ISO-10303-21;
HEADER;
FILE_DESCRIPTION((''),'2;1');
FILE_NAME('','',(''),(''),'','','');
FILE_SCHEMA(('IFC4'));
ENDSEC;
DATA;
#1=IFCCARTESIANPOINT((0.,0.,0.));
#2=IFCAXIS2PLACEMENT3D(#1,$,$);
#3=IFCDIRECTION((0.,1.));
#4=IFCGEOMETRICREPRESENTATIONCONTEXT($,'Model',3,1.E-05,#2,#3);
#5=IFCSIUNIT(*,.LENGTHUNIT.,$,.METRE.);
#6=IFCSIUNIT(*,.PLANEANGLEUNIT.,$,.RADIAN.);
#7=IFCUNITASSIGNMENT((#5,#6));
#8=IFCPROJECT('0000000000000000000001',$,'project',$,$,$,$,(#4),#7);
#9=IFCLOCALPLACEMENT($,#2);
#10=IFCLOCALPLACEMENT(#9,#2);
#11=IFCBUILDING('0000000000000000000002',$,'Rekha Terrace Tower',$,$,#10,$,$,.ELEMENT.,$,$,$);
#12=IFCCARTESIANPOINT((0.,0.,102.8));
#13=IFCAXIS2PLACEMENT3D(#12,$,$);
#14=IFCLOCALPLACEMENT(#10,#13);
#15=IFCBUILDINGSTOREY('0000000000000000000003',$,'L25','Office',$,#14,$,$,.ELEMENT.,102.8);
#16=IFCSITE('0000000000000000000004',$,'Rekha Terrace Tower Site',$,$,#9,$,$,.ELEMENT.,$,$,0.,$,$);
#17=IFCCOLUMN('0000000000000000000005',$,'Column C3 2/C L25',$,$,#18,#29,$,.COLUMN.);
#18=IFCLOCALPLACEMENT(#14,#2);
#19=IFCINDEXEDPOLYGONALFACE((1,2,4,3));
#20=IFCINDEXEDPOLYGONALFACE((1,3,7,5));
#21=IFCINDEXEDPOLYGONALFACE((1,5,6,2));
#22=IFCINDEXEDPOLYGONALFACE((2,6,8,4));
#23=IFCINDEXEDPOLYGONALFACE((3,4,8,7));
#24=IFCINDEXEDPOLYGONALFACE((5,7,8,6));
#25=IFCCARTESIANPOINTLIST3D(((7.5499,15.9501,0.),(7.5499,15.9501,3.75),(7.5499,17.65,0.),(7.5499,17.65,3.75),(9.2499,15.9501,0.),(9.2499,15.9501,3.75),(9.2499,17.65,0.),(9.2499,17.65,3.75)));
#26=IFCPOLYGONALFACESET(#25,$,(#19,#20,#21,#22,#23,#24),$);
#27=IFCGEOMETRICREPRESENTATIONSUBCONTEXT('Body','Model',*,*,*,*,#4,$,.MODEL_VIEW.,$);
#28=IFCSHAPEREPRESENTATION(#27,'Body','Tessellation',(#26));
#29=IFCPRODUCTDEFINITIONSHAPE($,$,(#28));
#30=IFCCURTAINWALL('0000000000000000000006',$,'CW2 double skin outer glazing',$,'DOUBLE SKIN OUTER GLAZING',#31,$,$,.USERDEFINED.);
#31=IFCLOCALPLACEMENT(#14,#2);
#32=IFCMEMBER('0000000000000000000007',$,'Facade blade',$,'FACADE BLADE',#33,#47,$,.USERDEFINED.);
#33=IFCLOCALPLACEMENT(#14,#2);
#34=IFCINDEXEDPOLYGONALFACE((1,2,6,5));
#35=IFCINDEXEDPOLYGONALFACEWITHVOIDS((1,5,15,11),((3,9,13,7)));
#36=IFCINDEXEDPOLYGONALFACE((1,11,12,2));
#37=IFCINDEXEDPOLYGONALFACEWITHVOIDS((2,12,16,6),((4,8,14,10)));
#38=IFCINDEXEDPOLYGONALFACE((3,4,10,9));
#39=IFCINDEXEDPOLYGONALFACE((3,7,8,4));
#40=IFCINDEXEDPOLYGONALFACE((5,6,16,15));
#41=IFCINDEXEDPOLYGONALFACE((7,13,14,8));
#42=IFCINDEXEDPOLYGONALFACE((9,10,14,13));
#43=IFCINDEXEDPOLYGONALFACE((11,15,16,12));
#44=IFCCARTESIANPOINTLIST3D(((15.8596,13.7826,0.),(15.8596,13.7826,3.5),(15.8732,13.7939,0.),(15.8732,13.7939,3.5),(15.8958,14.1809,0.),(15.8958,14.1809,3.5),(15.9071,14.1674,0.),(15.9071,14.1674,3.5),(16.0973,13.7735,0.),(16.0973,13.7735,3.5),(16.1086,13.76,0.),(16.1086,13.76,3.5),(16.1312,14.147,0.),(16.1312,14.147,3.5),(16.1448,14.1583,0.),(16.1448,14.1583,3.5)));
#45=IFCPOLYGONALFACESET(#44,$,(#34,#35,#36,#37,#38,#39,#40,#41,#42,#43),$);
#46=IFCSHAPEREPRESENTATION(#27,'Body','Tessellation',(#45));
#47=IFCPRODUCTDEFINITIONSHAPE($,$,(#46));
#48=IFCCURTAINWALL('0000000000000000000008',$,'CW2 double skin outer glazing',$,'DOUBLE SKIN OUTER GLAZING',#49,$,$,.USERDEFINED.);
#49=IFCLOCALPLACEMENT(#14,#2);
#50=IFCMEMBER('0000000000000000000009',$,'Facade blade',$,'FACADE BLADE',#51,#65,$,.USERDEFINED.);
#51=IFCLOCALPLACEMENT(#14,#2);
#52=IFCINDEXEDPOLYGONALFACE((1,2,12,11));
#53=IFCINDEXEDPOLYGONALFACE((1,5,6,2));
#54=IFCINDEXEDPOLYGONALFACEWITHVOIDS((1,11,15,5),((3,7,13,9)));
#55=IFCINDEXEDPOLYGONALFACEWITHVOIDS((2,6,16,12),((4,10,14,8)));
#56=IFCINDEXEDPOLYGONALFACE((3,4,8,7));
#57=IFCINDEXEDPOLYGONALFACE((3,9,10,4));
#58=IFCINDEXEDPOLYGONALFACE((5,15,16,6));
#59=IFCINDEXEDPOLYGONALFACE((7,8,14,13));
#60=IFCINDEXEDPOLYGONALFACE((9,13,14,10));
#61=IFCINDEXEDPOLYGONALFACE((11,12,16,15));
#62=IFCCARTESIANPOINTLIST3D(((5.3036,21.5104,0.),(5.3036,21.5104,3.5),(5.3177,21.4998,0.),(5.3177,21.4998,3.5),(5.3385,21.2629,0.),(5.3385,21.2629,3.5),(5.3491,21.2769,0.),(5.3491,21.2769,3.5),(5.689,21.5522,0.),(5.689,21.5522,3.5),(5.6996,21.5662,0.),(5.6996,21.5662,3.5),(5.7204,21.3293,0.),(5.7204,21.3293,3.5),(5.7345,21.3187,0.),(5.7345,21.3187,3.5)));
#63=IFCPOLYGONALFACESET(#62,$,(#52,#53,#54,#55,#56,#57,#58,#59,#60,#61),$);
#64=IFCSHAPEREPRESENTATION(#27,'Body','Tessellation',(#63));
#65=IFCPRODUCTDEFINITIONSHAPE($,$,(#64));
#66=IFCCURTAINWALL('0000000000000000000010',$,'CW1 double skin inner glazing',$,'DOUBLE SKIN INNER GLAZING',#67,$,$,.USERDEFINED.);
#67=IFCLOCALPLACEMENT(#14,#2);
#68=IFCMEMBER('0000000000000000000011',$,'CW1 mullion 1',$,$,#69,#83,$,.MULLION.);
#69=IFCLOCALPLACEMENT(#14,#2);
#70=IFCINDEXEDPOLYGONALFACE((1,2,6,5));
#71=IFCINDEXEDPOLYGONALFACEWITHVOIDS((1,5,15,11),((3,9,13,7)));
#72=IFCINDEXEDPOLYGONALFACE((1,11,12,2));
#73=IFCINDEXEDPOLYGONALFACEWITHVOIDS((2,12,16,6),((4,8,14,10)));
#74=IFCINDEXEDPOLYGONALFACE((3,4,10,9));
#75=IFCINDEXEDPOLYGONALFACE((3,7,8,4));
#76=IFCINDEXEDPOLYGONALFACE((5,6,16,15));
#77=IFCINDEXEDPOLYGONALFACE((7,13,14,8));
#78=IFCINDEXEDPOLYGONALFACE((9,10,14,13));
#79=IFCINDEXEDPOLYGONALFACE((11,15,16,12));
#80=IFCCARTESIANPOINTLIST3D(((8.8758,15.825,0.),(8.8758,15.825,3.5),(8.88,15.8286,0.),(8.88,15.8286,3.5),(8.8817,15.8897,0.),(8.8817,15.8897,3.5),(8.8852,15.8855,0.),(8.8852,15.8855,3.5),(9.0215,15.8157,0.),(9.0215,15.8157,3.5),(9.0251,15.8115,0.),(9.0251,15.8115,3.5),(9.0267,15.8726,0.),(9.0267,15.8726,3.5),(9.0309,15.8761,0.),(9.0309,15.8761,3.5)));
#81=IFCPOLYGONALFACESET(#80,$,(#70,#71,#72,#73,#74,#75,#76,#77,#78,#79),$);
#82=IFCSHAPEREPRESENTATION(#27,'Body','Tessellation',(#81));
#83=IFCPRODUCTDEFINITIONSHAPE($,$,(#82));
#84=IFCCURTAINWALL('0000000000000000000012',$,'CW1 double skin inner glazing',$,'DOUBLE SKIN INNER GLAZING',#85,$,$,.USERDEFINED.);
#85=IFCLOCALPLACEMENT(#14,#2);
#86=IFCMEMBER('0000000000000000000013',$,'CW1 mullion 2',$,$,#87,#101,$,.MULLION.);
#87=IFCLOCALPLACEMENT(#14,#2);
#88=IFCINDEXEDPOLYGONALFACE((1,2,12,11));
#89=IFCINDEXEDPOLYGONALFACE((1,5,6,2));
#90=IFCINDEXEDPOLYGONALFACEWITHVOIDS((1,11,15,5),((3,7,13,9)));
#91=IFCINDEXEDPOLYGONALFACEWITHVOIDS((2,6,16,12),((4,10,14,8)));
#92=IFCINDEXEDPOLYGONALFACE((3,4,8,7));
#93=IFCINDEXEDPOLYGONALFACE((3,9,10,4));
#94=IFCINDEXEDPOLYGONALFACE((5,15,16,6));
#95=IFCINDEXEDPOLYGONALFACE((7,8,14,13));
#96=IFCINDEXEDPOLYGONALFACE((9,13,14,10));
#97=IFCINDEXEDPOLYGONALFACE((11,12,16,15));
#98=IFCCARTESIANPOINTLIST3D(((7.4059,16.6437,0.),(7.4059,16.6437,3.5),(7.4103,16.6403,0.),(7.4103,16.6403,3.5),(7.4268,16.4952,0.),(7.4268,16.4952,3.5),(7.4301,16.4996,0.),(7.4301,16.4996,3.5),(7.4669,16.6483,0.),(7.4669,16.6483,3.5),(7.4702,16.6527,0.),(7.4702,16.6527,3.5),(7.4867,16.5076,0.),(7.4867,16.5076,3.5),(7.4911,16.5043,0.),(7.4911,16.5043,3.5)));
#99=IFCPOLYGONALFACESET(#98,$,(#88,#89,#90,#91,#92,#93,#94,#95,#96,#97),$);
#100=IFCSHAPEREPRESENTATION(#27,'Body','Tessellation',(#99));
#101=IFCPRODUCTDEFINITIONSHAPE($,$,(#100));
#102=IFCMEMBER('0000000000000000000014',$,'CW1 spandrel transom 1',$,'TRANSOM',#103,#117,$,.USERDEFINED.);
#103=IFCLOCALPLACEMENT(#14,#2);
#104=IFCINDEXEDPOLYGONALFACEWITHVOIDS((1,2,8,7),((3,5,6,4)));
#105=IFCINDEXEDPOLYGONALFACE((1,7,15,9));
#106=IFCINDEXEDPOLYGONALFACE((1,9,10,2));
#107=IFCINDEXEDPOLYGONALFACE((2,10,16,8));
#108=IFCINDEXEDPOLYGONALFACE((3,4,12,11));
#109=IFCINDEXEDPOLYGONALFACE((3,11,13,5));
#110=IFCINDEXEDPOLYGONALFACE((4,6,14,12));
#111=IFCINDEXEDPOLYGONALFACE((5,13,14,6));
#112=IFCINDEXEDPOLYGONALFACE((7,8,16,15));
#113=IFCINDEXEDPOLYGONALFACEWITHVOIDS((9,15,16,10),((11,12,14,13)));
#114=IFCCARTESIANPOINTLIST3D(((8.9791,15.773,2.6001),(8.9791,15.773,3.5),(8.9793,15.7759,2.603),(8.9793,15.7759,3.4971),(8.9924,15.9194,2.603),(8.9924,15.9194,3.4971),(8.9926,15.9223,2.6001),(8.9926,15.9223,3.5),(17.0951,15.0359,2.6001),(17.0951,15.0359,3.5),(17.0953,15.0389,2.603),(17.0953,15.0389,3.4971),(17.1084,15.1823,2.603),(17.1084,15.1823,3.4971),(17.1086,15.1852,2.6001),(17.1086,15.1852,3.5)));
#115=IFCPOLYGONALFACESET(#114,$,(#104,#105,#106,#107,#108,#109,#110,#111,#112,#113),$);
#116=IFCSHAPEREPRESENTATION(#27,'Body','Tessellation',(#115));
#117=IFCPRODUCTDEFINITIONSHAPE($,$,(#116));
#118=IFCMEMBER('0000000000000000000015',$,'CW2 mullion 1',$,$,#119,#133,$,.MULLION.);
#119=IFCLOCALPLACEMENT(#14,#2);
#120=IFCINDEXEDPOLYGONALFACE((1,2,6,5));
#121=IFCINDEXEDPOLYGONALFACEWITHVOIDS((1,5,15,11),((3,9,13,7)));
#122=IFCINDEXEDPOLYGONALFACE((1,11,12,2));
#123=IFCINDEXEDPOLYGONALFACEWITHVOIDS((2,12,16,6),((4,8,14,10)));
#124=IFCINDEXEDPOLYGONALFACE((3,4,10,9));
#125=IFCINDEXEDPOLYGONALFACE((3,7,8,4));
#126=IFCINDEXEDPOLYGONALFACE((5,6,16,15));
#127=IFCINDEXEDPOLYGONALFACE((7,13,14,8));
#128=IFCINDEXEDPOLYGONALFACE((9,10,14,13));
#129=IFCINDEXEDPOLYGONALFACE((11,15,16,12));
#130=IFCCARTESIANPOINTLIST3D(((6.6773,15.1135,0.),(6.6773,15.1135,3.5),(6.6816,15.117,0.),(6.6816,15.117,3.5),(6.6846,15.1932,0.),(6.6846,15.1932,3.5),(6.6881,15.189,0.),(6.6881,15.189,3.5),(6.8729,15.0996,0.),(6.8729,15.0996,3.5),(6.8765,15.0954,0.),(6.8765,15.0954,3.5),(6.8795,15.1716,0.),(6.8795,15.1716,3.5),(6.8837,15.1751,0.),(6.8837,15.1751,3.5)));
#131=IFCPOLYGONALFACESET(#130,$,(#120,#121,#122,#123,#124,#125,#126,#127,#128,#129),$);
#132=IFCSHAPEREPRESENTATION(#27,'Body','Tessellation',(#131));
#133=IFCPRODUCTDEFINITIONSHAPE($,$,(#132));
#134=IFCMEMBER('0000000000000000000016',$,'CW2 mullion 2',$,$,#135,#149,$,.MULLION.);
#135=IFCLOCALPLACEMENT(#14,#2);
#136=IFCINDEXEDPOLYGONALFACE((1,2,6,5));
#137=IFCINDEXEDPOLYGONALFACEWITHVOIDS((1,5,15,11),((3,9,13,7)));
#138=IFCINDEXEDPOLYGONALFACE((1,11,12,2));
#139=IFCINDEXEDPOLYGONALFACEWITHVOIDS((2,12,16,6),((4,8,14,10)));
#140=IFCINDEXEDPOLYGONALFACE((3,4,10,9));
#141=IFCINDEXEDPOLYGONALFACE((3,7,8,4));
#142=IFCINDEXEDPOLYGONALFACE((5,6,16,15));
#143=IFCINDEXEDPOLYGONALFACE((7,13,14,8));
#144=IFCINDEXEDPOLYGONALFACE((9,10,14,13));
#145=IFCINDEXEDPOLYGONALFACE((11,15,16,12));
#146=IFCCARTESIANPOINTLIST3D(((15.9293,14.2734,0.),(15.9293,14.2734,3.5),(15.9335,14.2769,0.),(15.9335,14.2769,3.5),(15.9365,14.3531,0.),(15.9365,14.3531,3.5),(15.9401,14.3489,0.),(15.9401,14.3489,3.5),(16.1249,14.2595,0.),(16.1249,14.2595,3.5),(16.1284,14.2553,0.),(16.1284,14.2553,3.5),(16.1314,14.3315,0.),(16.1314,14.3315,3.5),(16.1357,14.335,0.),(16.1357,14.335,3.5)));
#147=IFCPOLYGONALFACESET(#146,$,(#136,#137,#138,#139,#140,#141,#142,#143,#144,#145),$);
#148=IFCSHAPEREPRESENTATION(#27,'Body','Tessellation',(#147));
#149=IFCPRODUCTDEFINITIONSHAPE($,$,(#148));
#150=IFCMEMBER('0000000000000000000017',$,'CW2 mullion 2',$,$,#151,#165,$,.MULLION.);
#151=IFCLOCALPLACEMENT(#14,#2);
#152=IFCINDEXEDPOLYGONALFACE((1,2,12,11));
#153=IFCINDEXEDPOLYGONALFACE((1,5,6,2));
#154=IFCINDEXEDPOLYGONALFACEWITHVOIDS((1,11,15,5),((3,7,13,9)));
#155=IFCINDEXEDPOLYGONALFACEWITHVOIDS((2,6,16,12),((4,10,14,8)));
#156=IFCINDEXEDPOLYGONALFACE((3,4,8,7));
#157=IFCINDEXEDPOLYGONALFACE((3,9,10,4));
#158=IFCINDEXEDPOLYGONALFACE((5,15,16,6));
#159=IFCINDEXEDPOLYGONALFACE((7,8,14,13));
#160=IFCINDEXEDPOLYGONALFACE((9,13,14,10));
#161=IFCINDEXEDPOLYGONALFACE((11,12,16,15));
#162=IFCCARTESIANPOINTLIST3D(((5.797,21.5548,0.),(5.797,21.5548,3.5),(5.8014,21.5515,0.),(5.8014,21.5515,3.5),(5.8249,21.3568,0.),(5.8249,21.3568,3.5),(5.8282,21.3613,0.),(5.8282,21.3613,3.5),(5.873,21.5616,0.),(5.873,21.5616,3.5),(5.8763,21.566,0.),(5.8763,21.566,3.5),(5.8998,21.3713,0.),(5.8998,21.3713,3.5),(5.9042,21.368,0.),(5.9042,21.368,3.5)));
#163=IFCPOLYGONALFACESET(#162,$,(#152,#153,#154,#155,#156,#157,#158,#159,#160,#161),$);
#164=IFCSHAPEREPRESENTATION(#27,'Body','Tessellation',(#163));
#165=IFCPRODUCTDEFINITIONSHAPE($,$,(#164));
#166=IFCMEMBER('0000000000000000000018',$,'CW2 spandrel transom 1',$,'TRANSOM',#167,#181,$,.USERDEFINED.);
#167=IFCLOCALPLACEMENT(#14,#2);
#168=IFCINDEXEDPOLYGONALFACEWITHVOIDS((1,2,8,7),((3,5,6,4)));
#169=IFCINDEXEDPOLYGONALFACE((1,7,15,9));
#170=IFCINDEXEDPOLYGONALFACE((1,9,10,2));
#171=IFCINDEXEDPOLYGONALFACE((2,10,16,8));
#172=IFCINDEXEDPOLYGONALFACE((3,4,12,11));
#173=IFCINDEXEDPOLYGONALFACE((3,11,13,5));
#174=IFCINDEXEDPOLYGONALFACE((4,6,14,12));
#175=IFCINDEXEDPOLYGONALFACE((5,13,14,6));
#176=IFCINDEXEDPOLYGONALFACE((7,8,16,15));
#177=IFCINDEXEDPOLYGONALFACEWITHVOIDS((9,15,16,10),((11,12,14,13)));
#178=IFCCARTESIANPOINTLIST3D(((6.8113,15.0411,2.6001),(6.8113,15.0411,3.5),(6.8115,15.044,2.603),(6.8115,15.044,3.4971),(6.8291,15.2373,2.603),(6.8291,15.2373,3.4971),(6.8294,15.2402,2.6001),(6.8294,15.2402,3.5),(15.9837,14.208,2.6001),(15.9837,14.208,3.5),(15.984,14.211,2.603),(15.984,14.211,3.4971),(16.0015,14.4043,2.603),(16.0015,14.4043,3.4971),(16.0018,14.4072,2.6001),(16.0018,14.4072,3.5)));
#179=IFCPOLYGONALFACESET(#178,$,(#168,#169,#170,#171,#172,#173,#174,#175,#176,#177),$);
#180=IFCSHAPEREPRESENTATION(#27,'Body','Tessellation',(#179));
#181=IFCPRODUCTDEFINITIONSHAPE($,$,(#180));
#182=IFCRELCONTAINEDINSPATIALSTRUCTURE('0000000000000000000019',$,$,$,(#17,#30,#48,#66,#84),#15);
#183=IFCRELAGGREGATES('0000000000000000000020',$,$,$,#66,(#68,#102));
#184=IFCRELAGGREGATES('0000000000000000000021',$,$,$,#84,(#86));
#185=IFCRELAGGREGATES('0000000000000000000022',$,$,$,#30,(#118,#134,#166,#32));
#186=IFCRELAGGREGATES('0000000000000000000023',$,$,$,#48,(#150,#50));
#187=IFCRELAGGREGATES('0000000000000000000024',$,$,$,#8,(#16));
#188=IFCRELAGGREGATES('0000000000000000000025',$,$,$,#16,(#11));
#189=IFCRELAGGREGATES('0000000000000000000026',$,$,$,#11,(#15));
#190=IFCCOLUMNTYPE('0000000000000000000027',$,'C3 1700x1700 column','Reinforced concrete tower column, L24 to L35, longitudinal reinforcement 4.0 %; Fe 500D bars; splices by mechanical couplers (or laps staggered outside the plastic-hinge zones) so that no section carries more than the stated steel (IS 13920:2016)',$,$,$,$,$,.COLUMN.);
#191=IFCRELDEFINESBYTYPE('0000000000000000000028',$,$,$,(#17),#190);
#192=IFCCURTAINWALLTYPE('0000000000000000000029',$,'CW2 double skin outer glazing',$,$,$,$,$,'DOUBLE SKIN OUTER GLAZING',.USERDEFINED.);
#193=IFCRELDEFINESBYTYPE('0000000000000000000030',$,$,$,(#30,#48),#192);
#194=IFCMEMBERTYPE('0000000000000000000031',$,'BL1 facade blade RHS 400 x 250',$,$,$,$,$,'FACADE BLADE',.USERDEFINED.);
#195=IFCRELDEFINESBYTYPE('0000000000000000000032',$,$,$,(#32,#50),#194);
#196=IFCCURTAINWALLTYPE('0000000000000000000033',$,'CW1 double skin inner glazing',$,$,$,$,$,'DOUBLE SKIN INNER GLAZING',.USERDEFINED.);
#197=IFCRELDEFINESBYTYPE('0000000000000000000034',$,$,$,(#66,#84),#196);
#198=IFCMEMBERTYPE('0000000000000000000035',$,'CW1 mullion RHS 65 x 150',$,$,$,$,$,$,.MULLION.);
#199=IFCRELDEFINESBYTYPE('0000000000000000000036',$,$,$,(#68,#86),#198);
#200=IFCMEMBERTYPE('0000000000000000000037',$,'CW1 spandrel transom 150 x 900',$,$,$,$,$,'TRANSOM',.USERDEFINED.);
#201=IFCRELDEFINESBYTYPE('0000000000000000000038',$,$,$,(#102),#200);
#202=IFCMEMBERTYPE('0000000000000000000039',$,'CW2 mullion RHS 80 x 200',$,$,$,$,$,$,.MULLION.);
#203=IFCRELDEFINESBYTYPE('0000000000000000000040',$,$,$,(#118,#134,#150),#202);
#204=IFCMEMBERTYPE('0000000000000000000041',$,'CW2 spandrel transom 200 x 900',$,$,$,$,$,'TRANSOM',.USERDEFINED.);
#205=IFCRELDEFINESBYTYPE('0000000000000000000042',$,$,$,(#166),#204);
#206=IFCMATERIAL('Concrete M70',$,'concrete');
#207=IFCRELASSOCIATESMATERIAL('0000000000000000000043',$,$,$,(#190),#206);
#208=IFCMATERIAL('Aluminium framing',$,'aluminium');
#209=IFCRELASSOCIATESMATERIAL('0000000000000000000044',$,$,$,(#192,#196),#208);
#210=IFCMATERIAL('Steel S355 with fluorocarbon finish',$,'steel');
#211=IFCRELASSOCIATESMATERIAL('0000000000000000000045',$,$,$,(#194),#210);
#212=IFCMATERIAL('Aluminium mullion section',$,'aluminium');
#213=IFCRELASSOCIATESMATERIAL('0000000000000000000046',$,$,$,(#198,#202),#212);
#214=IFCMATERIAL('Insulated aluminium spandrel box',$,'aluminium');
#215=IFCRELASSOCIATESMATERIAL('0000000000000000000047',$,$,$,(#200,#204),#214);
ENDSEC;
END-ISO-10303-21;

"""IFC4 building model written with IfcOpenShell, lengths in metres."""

from ifc_helpers import new_model, si_unit, direction, frame, origin, origin_2d, place, context, subcontext, project, spatial, rectangle, hollow_rectangle, extrude, material, material_profile, profile_set, type_object, element, aggregate, save


model = new_model("IFC4")

# Units and contexts
model_context = context("Model", 3, precision=1e-05, world=origin(), true_north=direction((0.0, 1.0)))
body_context = subcontext(model_context, "Body", "Model", "MODEL_VIEW")
ifc_project = project(units=[si_unit("LENGTHUNIT", "METRE"), si_unit("PLANEANGLEUNIT", "RADIAN")], contexts=[model_context])

# Site, building, storey
site_placement = place(None, origin())
site = spatial("IfcSite", under=ifc_project, at=site_placement, Name="Rekha Terrace Tower Site", CompositionType="ELEMENT", RefElevation=0.0)
building_placement = place(site_placement, origin())
building = spatial("IfcBuilding", under=site, at=building_placement, Name="Rekha Terrace Tower", CompositionType="ELEMENT")
storey_placement = place(building_placement, frame((0.0, 0.0, 102.8)))
storey = spatial("IfcBuildingStorey", under=building, at=storey_placement, Name="L25", Description="Office", CompositionType="ELEMENT", Elevation=102.8)

# Column
ifc_material_1 = material(Name="Concrete M70", Category="concrete")
ifc_material_profile_1 = material_profile(ifc_material_1, rectangle(XDim=1.7, YDim=1.7, at=origin_2d()), Name="RC 1700x1700")
ifc_profile_set_1 = profile_set([ifc_material_profile_1], Name="Concrete M70")
column_type = type_object("IfcColumnType", Name="C3 1700x1700 column", Description="Reinforced concrete tower column, L24 to L35, longitudinal reinforcement 4.0 %; Fe 500D bars; splices by mechanical couplers (or laps staggered outside the plastic-hinge zones) so that no section carries more than the stated steel (IS 13920:2016)", PredefinedType="COLUMN", material=ifc_profile_set_1)
column_placement = place(storey_placement, frame((8.3999, 16.8, 0.0), z_axis=(0.0, 0.0, 1.0), x_axis=(1.0, 0.0, 0.0)))
element("IfcColumn", 1, at=column_placement, inside=storey, type_object=column_type, Name="Column C3 2/C L25", PredefinedType="COLUMN", context=body_context, shape_type="SweptSolid", body=[
    extrude(rectangle(XDim=1.7, YDim=1.7, at=origin_2d()), origin(), (0.0, 0.0, 1.0), 3.75),
])

# Curtain walls, members
ifc_material_2 = material(Name="Aluminium framing", Category="aluminium")
curtain_wall_type_1 = type_object("IfcCurtainWallType", Name="CW2 double skin outer glazing", ElementType="DOUBLE SKIN OUTER GLAZING", PredefinedType="USERDEFINED", material=ifc_material_2)
curtain_wall_1_placement = place(storey_placement, origin())
curtain_wall_1 = element("IfcCurtainWall", 2, at=curtain_wall_1_placement, inside=storey, type_object=curtain_wall_type_1, Name="CW2 double skin outer glazing", ObjectType="DOUBLE SKIN OUTER GLAZING", PredefinedType="USERDEFINED")
ifc_material_3 = material(Name="Steel S355 with fluorocarbon finish", Category="steel")
ifc_material_profile_2 = material_profile(ifc_material_3, hollow_rectangle(XDim=0.25, YDim=0.3999, WallThickness=0.0125, at=origin_2d()), Name="RHS400x250x12.5")
ifc_profile_set_2 = profile_set([ifc_material_profile_2], Name="Steel S355 with fluorocarbon finish")
member_type_1 = type_object("IfcMemberType", Name="BL1 facade blade RHS 400 x 250", ElementType="FACADE BLADE", PredefinedType="USERDEFINED", material=ifc_profile_set_2)
member_1_placement = place(storey_placement, frame((16.0022, 13.9705, 0.0), z_axis=(0.0, 0.0, 1.0), x_axis=(0.995902, -0.09044, 0.0)))
member_1 = element("IfcMember", 3, at=member_1_placement, type_object=member_type_1, Name="Facade blade", ObjectType="FACADE BLADE", PredefinedType="USERDEFINED", context=body_context, shape_type="SweptSolid", body=[
    extrude(hollow_rectangle(XDim=0.25, YDim=0.3999, WallThickness=0.0125, at=origin_2d()), origin(), (0.0, 0.0, 1.0), 3.5),
])
curtain_wall_2_placement = place(storey_placement, origin())
curtain_wall_2 = element("IfcCurtainWall", 4, at=curtain_wall_2_placement, inside=storey, type_object=curtain_wall_type_1, Name="CW2 double skin outer glazing", ObjectType="DOUBLE SKIN OUTER GLAZING", PredefinedType="USERDEFINED")
member_2_placement = place(storey_placement, frame((5.519, 21.4146, 0.0), z_axis=(0.0, 0.0, 1.0), x_axis=(0.139597, -0.990208, 0.0)))
member_2 = element("IfcMember", 5, at=member_2_placement, type_object=member_type_1, Name="Facade blade", ObjectType="FACADE BLADE", PredefinedType="USERDEFINED", context=body_context, shape_type="SweptSolid", body=[
    extrude(hollow_rectangle(XDim=0.25, YDim=0.3999, WallThickness=0.0125, at=origin_2d()), origin(), (0.0, 0.0, 1.0), 3.5),
])
curtain_wall_type_2 = type_object("IfcCurtainWallType", Name="CW1 double skin inner glazing", ElementType="DOUBLE SKIN INNER GLAZING", PredefinedType="USERDEFINED", material=ifc_material_2)
curtain_wall_3_placement = place(storey_placement, origin())
curtain_wall_3 = element("IfcCurtainWall", 6, at=curtain_wall_3_placement, inside=storey, type_object=curtain_wall_type_2, Name="CW1 double skin inner glazing", ObjectType="DOUBLE SKIN INNER GLAZING", PredefinedType="USERDEFINED")
ifc_material_4 = material(Name="Aluminium mullion section", Category="aluminium")
ifc_material_profile_3 = material_profile(ifc_material_4, hollow_rectangle(XDim=0.0649, YDim=0.1499, WallThickness=0.0039, at=origin_2d()), Name="AL RHS 65x150")
ifc_profile_set_3 = profile_set([ifc_material_profile_3], Name="Aluminium mullion section")
member_type_2 = type_object("IfcMemberType", Name="CW1 mullion RHS 65 x 150", PredefinedType="MULLION", material=ifc_profile_set_3)
member_3_placement = place(storey_placement, frame((8.9534, 15.8506, 0.0), z_axis=(0.0, 0.0, 1.0), x_axis=(0.09044, 0.995902, 0.0)))
member_3 = element("IfcMember", 7, at=member_3_placement, type_object=member_type_2, Name="CW1 mullion 1", PredefinedType="MULLION", context=body_context, shape_type="SweptSolid", body=[
    extrude(hollow_rectangle(XDim=0.0649, YDim=0.1499, WallThickness=0.0039, at=origin_2d()), origin(), (0.0, 0.0, 1.0), 3.5),
])
curtain_wall_4_placement = place(storey_placement, origin())
curtain_wall_4 = element("IfcCurtainWall", 8, at=curtain_wall_4_placement, inside=storey, type_object=curtain_wall_type_2, Name="CW1 double skin inner glazing", ObjectType="DOUBLE SKIN INNER GLAZING", PredefinedType="USERDEFINED")
member_4_placement = place(storey_placement, frame((7.4485, 16.574, 0.0), z_axis=(0.0, 0.0, 1.0), x_axis=(0.990208, 0.139597, 0.0)))
member_4 = element("IfcMember", 9, at=member_4_placement, type_object=member_type_2, Name="CW1 mullion 2", PredefinedType="MULLION", context=body_context, shape_type="SweptSolid", body=[
    extrude(hollow_rectangle(XDim=0.0649, YDim=0.1499, WallThickness=0.0039, at=origin_2d()), origin(), (0.0, 0.0, 1.0), 3.5),
])

# Members
ifc_material_5 = material(Name="Insulated aluminium spandrel box", Category="aluminium")
ifc_material_profile_4 = material_profile(ifc_material_5, hollow_rectangle(XDim=0.1499, YDim=0.8999, WallThickness=0.0029, at=origin_2d()), Name="AL SPANDREL BOX 150x900")
ifc_profile_set_4 = profile_set([ifc_material_profile_4], Name="Insulated aluminium spandrel box")
member_type_3 = type_object("IfcMemberType", Name="CW1 spandrel transom 150 x 900", ElementType="TRANSOM", PredefinedType="USERDEFINED", material=ifc_profile_set_4)
member_5_placement = place(storey_placement, frame((8.9858, 15.8477, 3.05), z_axis=(0.995902, -0.090444, 0.0), x_axis=(0.090444, 0.995902, 0.0)))
member_5 = element("IfcMember", 10, at=member_5_placement, type_object=member_type_3, Name="CW1 spandrel transom 1", ObjectType="TRANSOM", PredefinedType="USERDEFINED", context=body_context, shape_type="SweptSolid", body=[
    extrude(hollow_rectangle(XDim=0.1499, YDim=0.8999, WallThickness=0.0029, at=origin_2d()), origin(), (0.0, 0.0, 1.0), 8.1494),
])
ifc_material_profile_5 = material_profile(ifc_material_4, hollow_rectangle(XDim=0.0801, YDim=0.2, WallThickness=0.0039, at=origin_2d()), Name="AL RHS 80x200")
ifc_profile_set_5 = profile_set([ifc_material_profile_5], Name="Aluminium mullion section")
member_type_4 = type_object("IfcMemberType", Name="CW2 mullion RHS 80 x 200", PredefinedType="MULLION", material=ifc_profile_set_5)
member_6_placement = place(storey_placement, frame((6.7805, 15.1443, 0.0), z_axis=(0.0, 0.0, 1.0), x_axis=(0.09044, 0.995902, 0.0)))
member_6 = element("IfcMember", 11, at=member_6_placement, type_object=member_type_4, Name="CW2 mullion 1", PredefinedType="MULLION", context=body_context, shape_type="SweptSolid", body=[
    extrude(hollow_rectangle(XDim=0.0801, YDim=0.2, WallThickness=0.0039, at=origin_2d()), origin(), (0.0, 0.0, 1.0), 3.5),
])
member_7_placement = place(storey_placement, frame((16.0325, 14.3042, 0.0), z_axis=(0.0, 0.0, 1.0), x_axis=(0.09044, 0.995902, 0.0)))
member_7 = element("IfcMember", 12, at=member_7_placement, type_object=member_type_4, Name="CW2 mullion 2", PredefinedType="MULLION", context=body_context, shape_type="SweptSolid", body=[
    extrude(hollow_rectangle(XDim=0.0801, YDim=0.2, WallThickness=0.0039, at=origin_2d()), origin(), (0.0, 0.0, 1.0), 3.5),
])
member_8_placement = place(storey_placement, frame((5.8506, 21.4614, 0.0), z_axis=(0.0, 0.0, 1.0), x_axis=(0.990208, 0.139597, 0.0)))
member_8 = element("IfcMember", 13, at=member_8_placement, type_object=member_type_4, Name="CW2 mullion 2", PredefinedType="MULLION", context=body_context, shape_type="SweptSolid", body=[
    extrude(hollow_rectangle(XDim=0.0801, YDim=0.2, WallThickness=0.0039, at=origin_2d()), origin(), (0.0, 0.0, 1.0), 3.5),
])
ifc_material_profile_6 = material_profile(ifc_material_5, hollow_rectangle(XDim=0.2, YDim=0.8999, WallThickness=0.0029, at=origin_2d()), Name="AL SPANDREL BOX 200x900")
ifc_profile_set_6 = profile_set([ifc_material_profile_6], Name="Insulated aluminium spandrel box")
member_type_5 = type_object("IfcMemberType", Name="CW2 spandrel transom 200 x 900", ElementType="TRANSOM", PredefinedType="USERDEFINED", material=ifc_profile_set_6)
member_9_placement = place(storey_placement, frame((6.8203, 15.1406, 3.05), z_axis=(0.995901, -0.090445, 0.0), x_axis=(0.090445, 0.995901, 0.0)))
member_9 = element("IfcMember", 14, at=member_9_placement, type_object=member_type_5, Name="CW2 spandrel transom 1", ObjectType="TRANSOM", PredefinedType="USERDEFINED", context=body_context, shape_type="SweptSolid", body=[
    extrude(hollow_rectangle(XDim=0.2, YDim=0.8999, WallThickness=0.0029, at=origin_2d()), origin(), (0.0, 0.0, 1.0), 9.2102),
])

aggregate(curtain_wall_3, [member_3, member_5])
aggregate(curtain_wall_4, [member_4])
aggregate(curtain_wall_1, [member_6, member_7, member_9, member_1])
aggregate(curtain_wall_2, [member_8, member_2])

save(model, "model.ifc")
